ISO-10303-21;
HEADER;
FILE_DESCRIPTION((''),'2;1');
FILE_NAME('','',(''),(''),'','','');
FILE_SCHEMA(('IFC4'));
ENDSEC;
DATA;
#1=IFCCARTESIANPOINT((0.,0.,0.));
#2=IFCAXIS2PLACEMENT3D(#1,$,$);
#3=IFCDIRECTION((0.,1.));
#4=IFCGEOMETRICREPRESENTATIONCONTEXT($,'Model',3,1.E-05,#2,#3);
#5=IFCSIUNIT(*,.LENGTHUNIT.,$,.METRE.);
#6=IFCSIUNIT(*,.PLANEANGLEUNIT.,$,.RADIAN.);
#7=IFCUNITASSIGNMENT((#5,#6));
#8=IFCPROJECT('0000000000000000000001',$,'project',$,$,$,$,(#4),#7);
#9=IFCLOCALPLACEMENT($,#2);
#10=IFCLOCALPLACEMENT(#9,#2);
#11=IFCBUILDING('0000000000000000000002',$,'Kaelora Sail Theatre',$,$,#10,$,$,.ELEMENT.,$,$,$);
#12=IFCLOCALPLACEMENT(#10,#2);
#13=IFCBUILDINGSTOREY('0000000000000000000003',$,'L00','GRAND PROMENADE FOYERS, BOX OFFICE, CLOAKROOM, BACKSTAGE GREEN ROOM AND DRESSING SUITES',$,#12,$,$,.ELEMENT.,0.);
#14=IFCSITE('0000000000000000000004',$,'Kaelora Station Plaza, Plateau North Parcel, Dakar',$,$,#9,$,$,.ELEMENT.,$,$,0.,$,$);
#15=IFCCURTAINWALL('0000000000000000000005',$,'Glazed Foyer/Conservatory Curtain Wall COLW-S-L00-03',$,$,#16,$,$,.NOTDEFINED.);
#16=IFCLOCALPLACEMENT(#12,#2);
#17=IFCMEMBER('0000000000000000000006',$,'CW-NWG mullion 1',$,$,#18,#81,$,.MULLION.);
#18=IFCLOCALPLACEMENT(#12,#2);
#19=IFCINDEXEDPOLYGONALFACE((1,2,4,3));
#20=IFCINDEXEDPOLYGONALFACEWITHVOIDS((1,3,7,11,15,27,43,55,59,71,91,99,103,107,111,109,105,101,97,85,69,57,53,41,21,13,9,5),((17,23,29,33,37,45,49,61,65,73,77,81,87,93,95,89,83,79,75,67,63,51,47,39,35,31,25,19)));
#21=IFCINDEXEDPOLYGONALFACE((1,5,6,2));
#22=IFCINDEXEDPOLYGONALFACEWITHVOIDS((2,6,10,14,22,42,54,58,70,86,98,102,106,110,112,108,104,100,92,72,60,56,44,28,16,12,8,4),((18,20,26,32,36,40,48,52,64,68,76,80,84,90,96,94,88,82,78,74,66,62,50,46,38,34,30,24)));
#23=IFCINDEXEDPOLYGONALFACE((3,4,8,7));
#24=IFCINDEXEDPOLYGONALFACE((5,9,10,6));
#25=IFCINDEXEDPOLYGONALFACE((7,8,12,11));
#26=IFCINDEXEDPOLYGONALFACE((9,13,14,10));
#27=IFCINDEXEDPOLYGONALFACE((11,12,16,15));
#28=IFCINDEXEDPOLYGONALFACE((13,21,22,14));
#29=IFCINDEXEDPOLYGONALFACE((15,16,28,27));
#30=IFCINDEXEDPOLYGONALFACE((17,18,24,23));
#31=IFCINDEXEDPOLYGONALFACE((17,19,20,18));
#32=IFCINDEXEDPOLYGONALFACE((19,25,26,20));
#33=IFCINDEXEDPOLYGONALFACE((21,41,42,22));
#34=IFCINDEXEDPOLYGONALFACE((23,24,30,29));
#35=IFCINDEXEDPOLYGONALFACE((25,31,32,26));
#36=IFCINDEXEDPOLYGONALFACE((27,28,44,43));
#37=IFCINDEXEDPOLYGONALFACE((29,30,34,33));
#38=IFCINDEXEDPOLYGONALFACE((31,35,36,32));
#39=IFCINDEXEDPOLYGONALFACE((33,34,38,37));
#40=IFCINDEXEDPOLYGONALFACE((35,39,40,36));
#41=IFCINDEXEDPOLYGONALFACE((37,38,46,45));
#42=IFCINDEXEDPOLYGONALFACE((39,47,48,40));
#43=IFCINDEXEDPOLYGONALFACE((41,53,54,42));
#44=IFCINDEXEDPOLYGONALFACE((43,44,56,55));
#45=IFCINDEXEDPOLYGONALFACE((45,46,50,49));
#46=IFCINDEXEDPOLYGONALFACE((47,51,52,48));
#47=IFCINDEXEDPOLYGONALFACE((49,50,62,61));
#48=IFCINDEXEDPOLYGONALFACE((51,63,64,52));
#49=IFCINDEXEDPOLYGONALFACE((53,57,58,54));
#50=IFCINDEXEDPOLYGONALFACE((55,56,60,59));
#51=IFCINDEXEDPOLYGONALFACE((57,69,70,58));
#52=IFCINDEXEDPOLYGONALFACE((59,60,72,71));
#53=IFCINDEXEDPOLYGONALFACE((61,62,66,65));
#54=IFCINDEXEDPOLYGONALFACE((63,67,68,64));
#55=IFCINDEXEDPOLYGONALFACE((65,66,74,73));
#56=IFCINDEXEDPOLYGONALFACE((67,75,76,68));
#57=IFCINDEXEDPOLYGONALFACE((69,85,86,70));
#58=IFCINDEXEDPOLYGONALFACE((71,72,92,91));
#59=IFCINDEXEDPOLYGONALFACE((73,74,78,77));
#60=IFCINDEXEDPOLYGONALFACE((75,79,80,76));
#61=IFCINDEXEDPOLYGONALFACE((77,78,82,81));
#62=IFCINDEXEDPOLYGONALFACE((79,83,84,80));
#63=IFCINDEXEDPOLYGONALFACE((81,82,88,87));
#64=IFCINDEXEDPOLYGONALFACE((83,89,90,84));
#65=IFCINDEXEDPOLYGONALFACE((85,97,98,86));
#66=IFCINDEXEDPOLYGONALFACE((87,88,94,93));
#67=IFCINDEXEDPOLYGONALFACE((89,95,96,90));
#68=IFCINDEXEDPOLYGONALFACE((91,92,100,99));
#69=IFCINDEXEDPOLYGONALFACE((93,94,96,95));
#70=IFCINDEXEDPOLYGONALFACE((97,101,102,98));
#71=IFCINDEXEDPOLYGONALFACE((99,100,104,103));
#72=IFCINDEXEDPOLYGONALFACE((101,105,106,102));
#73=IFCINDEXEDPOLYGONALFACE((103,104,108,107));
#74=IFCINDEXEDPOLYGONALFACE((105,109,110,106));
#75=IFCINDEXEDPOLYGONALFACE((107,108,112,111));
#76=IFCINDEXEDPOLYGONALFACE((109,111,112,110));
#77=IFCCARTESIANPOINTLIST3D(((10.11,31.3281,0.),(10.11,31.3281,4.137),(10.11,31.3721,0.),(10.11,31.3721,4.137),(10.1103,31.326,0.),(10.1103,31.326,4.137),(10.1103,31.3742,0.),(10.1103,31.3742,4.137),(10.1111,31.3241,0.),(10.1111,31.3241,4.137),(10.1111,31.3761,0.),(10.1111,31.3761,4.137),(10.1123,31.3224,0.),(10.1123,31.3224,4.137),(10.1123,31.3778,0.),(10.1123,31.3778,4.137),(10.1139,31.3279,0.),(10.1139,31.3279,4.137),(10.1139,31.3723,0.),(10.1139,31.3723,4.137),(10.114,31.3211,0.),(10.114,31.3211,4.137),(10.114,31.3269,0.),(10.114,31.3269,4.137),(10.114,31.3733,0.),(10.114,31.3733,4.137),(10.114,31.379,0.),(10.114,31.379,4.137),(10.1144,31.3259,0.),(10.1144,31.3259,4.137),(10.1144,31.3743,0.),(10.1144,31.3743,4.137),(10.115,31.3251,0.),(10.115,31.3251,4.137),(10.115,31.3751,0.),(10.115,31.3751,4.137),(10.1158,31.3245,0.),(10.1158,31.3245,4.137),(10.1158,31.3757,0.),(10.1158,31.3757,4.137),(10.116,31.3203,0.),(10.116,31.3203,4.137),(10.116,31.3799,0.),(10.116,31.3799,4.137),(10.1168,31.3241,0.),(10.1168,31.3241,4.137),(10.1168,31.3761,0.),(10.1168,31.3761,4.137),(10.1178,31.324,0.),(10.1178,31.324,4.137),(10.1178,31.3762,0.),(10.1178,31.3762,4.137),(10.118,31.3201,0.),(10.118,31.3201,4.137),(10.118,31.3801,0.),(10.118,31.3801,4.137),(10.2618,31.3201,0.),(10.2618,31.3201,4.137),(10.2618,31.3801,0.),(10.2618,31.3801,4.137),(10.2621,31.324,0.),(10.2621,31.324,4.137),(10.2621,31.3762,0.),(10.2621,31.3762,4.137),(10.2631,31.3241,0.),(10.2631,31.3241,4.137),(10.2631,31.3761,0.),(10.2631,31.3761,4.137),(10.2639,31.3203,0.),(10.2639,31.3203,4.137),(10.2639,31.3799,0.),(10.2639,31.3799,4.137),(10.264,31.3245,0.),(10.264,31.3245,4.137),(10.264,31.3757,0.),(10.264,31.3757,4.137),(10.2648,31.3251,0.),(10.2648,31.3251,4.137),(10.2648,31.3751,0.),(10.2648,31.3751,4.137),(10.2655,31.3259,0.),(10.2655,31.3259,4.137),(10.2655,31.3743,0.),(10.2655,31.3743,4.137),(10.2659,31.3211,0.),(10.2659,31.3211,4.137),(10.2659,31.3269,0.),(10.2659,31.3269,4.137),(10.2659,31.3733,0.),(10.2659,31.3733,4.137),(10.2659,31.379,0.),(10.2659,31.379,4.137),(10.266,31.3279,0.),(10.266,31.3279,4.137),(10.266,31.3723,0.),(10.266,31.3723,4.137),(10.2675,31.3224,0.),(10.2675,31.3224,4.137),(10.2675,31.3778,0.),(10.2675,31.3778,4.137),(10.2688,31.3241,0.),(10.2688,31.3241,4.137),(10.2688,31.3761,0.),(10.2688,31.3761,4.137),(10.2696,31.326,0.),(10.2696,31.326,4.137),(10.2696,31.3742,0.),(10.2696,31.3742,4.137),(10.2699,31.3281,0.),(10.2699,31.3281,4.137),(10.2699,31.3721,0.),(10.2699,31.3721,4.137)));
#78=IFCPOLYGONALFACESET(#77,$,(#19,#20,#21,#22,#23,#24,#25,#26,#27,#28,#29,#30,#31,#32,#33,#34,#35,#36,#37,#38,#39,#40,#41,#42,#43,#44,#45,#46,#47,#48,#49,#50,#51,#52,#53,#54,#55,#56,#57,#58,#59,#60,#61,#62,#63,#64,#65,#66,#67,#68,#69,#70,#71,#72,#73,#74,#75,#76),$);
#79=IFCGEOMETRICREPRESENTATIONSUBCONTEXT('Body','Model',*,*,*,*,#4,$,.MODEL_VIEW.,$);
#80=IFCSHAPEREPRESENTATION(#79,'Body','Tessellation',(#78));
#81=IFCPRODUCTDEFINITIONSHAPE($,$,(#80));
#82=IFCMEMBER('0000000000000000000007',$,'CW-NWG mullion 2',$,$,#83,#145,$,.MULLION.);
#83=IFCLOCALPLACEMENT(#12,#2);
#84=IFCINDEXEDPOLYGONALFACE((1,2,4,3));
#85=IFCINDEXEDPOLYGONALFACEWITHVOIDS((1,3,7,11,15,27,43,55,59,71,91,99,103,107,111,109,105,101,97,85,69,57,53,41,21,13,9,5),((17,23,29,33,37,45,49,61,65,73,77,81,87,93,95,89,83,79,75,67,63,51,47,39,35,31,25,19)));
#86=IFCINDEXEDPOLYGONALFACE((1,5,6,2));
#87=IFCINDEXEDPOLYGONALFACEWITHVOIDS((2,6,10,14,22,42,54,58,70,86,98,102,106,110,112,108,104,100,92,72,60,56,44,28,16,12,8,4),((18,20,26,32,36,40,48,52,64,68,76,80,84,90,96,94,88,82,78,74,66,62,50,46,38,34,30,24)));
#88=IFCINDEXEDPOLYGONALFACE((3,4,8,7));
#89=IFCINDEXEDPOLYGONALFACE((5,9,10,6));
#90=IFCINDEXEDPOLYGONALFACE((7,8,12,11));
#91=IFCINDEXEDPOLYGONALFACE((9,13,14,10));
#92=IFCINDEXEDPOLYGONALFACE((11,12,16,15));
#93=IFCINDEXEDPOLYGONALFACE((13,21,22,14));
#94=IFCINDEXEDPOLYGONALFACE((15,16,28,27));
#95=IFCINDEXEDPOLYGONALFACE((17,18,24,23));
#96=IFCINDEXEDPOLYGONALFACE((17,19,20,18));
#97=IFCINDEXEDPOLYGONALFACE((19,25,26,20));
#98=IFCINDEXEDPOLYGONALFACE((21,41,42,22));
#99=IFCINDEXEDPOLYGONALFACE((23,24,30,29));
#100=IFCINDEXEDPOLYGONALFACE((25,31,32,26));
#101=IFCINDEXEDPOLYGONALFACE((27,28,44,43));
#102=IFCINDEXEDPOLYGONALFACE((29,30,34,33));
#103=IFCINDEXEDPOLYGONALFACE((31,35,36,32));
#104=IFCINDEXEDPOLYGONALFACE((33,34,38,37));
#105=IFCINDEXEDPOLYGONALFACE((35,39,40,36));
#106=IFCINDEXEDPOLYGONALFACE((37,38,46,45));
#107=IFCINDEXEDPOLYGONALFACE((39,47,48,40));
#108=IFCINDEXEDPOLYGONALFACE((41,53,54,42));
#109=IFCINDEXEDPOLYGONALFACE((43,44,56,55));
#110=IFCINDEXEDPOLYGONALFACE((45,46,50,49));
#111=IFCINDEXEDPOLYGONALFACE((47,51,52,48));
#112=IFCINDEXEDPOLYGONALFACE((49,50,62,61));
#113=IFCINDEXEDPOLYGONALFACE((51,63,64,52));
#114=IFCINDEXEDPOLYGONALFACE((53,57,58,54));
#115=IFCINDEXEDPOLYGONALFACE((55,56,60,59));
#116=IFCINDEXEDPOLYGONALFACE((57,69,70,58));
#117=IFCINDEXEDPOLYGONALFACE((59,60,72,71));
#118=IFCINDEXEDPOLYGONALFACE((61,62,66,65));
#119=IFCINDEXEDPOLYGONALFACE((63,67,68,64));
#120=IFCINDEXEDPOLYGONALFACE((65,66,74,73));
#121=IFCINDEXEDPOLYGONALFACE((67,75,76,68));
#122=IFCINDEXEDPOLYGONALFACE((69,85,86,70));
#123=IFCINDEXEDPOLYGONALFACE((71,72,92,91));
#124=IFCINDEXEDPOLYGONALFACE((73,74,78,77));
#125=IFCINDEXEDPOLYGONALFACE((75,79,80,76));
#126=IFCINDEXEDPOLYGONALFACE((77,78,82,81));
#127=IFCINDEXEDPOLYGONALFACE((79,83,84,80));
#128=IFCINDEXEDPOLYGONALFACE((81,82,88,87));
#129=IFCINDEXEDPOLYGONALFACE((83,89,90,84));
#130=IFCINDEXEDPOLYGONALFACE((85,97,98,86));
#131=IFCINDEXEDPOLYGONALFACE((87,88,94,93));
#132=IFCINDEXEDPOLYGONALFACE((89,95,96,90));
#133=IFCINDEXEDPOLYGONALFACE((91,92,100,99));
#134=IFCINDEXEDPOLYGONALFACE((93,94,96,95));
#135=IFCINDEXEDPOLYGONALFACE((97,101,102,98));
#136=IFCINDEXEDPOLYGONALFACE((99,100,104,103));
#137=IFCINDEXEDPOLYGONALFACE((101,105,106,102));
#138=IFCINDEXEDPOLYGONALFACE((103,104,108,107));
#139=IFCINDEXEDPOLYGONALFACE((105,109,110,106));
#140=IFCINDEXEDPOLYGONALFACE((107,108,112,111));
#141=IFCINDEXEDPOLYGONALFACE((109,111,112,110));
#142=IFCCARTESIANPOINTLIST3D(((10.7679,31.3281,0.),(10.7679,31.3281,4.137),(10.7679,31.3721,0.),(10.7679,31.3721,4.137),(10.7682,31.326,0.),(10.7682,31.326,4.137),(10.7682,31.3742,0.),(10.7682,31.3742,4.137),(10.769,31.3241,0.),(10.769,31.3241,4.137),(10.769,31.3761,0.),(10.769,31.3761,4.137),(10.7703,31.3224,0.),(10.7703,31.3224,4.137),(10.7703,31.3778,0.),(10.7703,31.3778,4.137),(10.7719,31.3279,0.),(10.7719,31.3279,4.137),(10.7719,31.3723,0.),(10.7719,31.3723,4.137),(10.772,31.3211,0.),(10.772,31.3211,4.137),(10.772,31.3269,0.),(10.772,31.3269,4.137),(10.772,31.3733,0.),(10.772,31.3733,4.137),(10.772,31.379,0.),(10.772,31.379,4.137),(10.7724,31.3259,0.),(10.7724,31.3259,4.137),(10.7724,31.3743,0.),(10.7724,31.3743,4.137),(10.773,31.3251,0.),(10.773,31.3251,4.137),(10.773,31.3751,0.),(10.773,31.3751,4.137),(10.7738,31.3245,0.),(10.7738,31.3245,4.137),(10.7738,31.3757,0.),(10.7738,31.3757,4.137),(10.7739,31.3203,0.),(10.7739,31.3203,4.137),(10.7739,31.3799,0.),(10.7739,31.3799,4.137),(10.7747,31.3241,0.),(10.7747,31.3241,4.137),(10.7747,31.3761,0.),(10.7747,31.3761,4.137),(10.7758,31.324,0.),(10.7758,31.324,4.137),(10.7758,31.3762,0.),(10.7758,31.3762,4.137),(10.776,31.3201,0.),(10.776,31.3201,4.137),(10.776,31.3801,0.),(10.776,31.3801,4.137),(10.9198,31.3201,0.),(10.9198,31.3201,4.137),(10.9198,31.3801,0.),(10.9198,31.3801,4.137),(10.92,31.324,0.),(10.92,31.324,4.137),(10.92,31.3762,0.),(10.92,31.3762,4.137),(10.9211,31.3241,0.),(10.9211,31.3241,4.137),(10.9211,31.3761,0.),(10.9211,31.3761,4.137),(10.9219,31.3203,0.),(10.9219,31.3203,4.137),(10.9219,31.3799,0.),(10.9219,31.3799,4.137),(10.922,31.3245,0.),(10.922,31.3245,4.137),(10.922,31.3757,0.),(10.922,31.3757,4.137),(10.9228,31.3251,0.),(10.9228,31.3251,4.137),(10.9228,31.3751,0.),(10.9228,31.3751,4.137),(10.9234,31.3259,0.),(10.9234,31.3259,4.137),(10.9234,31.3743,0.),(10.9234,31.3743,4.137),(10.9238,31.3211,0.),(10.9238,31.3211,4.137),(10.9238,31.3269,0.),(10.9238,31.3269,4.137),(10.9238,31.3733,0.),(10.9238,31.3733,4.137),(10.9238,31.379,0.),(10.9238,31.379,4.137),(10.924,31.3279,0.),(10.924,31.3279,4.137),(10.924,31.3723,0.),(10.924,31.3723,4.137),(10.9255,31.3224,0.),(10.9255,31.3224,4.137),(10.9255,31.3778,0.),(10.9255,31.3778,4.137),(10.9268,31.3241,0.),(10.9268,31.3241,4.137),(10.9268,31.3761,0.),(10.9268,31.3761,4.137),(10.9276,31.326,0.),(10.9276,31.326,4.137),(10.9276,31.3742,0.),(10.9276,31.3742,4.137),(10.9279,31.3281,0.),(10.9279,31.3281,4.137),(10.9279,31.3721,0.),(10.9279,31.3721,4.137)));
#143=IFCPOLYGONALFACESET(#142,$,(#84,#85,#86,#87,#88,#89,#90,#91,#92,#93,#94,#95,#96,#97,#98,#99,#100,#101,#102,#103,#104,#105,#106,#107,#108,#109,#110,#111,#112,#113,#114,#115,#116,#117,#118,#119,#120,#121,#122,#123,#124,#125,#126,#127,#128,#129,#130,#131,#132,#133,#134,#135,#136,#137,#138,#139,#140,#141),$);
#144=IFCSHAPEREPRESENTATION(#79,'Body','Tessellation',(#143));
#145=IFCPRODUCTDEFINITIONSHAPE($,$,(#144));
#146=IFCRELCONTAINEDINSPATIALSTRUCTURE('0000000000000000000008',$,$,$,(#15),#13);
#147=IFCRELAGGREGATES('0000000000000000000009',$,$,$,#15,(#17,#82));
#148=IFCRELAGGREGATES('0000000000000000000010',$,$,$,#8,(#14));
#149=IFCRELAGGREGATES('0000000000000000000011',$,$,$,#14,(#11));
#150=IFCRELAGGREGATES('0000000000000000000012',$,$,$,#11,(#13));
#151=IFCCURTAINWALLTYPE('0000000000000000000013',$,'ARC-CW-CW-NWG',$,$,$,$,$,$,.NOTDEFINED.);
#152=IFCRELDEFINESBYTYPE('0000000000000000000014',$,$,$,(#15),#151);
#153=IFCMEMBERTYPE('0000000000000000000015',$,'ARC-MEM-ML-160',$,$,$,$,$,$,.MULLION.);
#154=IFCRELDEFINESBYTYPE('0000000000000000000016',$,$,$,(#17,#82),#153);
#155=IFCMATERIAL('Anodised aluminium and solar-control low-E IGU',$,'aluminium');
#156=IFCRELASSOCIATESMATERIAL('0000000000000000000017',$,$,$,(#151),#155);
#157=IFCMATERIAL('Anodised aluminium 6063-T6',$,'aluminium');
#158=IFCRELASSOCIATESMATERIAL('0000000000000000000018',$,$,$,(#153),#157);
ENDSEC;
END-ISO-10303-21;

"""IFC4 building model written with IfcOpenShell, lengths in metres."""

from ifc_helpers import new_model, si_unit, direction, frame, origin, origin_2d, place, context, subcontext, project, spatial, hollow_rectangle, extrude, material, material_profile, profile_set, type_object, element, aggregate, save


model = new_model("IFC4")

# Units and contexts
model_context = context("Model", 3, precision=1e-05, world=origin(), true_north=direction((0.0, 1.0)))
body_context = subcontext(model_context, "Body", "Model", "MODEL_VIEW")
ifc_project = project(units=[si_unit("LENGTHUNIT", "METRE"), si_unit("PLANEANGLEUNIT", "RADIAN")], contexts=[model_context])

# Site, building, storey
site_placement = place(None, origin())
site = spatial("IfcSite", under=ifc_project, at=site_placement, Name="Kaelora Station Plaza, Plateau North Parcel, Dakar", CompositionType="ELEMENT", RefElevation=0.0)
building_placement = place(site_placement, origin())
building = spatial("IfcBuilding", under=site, at=building_placement, Name="Kaelora Sail Theatre", CompositionType="ELEMENT")
storey_placement = place(building_placement, origin())
storey = spatial("IfcBuildingStorey", under=building, at=storey_placement, Name="L00", Description="GRAND PROMENADE FOYERS, BOX OFFICE, CLOAKROOM, BACKSTAGE GREEN ROOM AND DRESSING SUITES", CompositionType="ELEMENT", Elevation=0.0)

# Curtain wall, members
ifc_material_1 = material(Name="Anodised aluminium and solar-control low-E IGU", Category="aluminium")
curtain_wall_type = type_object("IfcCurtainWallType", Name="ARC-CW-CW-NWG", PredefinedType="NOTDEFINED", material=ifc_material_1)
ifc_material_2 = material(Name="Anodised aluminium 6063-T6", Category="aluminium")
ifc_material_profile_1 = material_profile(ifc_material_2, hollow_rectangle(XDim=0.0601, YDim=0.1599, WallThickness=0.0039, InnerFilletRadius=0.0039, OuterFilletRadius=0.0081, at=origin_2d()), Name="ALU-MULL 60x160x4")
ifc_profile_set_1 = profile_set([ifc_material_profile_1], Name="Anodised aluminium 6063-T6")
member_type_1 = type_object("IfcMemberType", Name="ARC-MEM-ML-160", PredefinedType="MULLION", material=ifc_profile_set_1)
curtain_wall_1_placement = place(storey_placement, origin())
curtain_wall_1 = element("IfcCurtainWall", 1, at=curtain_wall_1_placement, inside=storey, type_object=curtain_wall_type, Name="Glazed Foyer/Conservatory Curtain Wall COLW-S-L00-03", PredefinedType="NOTDEFINED")
member_1_placement = place(storey_placement, frame((10.1899, 31.3501, 0.0), z_axis=(0.0, 0.0, 1.0), x_axis=(0.0, 1.0, 0.0)))
member_1 = element("IfcMember", 2, at=member_1_placement, type_object=member_type_1, Name="CW-NWG mullion 1", PredefinedType="MULLION", context=body_context, shape_type="SweptSolid", body=[
    extrude(hollow_rectangle(XDim=0.0601, YDim=0.1599, WallThickness=0.0039, InnerFilletRadius=0.0039, OuterFilletRadius=0.0081, at=origin_2d()), origin(), (0.0, 0.0, 1.0), 4.137),
])
member_2_placement = place(storey_placement, frame((10.8479, 31.3501, 0.0), z_axis=(0.0, 0.0, 1.0), x_axis=(0.0, 1.0, 0.0)))
member_2 = element("IfcMember", 3, at=member_2_placement, type_object=member_type_1, Name="CW-NWG mullion 2", PredefinedType="MULLION", context=body_context, shape_type="SweptSolid", body=[
    extrude(hollow_rectangle(XDim=0.0601, YDim=0.1599, WallThickness=0.0039, InnerFilletRadius=0.0039, OuterFilletRadius=0.0081, at=origin_2d()), origin(), (0.0, 0.0, 1.0), 4.137),
])

aggregate(curtain_wall_1, [member_1, member_2])

save(model, "model.ifc")
